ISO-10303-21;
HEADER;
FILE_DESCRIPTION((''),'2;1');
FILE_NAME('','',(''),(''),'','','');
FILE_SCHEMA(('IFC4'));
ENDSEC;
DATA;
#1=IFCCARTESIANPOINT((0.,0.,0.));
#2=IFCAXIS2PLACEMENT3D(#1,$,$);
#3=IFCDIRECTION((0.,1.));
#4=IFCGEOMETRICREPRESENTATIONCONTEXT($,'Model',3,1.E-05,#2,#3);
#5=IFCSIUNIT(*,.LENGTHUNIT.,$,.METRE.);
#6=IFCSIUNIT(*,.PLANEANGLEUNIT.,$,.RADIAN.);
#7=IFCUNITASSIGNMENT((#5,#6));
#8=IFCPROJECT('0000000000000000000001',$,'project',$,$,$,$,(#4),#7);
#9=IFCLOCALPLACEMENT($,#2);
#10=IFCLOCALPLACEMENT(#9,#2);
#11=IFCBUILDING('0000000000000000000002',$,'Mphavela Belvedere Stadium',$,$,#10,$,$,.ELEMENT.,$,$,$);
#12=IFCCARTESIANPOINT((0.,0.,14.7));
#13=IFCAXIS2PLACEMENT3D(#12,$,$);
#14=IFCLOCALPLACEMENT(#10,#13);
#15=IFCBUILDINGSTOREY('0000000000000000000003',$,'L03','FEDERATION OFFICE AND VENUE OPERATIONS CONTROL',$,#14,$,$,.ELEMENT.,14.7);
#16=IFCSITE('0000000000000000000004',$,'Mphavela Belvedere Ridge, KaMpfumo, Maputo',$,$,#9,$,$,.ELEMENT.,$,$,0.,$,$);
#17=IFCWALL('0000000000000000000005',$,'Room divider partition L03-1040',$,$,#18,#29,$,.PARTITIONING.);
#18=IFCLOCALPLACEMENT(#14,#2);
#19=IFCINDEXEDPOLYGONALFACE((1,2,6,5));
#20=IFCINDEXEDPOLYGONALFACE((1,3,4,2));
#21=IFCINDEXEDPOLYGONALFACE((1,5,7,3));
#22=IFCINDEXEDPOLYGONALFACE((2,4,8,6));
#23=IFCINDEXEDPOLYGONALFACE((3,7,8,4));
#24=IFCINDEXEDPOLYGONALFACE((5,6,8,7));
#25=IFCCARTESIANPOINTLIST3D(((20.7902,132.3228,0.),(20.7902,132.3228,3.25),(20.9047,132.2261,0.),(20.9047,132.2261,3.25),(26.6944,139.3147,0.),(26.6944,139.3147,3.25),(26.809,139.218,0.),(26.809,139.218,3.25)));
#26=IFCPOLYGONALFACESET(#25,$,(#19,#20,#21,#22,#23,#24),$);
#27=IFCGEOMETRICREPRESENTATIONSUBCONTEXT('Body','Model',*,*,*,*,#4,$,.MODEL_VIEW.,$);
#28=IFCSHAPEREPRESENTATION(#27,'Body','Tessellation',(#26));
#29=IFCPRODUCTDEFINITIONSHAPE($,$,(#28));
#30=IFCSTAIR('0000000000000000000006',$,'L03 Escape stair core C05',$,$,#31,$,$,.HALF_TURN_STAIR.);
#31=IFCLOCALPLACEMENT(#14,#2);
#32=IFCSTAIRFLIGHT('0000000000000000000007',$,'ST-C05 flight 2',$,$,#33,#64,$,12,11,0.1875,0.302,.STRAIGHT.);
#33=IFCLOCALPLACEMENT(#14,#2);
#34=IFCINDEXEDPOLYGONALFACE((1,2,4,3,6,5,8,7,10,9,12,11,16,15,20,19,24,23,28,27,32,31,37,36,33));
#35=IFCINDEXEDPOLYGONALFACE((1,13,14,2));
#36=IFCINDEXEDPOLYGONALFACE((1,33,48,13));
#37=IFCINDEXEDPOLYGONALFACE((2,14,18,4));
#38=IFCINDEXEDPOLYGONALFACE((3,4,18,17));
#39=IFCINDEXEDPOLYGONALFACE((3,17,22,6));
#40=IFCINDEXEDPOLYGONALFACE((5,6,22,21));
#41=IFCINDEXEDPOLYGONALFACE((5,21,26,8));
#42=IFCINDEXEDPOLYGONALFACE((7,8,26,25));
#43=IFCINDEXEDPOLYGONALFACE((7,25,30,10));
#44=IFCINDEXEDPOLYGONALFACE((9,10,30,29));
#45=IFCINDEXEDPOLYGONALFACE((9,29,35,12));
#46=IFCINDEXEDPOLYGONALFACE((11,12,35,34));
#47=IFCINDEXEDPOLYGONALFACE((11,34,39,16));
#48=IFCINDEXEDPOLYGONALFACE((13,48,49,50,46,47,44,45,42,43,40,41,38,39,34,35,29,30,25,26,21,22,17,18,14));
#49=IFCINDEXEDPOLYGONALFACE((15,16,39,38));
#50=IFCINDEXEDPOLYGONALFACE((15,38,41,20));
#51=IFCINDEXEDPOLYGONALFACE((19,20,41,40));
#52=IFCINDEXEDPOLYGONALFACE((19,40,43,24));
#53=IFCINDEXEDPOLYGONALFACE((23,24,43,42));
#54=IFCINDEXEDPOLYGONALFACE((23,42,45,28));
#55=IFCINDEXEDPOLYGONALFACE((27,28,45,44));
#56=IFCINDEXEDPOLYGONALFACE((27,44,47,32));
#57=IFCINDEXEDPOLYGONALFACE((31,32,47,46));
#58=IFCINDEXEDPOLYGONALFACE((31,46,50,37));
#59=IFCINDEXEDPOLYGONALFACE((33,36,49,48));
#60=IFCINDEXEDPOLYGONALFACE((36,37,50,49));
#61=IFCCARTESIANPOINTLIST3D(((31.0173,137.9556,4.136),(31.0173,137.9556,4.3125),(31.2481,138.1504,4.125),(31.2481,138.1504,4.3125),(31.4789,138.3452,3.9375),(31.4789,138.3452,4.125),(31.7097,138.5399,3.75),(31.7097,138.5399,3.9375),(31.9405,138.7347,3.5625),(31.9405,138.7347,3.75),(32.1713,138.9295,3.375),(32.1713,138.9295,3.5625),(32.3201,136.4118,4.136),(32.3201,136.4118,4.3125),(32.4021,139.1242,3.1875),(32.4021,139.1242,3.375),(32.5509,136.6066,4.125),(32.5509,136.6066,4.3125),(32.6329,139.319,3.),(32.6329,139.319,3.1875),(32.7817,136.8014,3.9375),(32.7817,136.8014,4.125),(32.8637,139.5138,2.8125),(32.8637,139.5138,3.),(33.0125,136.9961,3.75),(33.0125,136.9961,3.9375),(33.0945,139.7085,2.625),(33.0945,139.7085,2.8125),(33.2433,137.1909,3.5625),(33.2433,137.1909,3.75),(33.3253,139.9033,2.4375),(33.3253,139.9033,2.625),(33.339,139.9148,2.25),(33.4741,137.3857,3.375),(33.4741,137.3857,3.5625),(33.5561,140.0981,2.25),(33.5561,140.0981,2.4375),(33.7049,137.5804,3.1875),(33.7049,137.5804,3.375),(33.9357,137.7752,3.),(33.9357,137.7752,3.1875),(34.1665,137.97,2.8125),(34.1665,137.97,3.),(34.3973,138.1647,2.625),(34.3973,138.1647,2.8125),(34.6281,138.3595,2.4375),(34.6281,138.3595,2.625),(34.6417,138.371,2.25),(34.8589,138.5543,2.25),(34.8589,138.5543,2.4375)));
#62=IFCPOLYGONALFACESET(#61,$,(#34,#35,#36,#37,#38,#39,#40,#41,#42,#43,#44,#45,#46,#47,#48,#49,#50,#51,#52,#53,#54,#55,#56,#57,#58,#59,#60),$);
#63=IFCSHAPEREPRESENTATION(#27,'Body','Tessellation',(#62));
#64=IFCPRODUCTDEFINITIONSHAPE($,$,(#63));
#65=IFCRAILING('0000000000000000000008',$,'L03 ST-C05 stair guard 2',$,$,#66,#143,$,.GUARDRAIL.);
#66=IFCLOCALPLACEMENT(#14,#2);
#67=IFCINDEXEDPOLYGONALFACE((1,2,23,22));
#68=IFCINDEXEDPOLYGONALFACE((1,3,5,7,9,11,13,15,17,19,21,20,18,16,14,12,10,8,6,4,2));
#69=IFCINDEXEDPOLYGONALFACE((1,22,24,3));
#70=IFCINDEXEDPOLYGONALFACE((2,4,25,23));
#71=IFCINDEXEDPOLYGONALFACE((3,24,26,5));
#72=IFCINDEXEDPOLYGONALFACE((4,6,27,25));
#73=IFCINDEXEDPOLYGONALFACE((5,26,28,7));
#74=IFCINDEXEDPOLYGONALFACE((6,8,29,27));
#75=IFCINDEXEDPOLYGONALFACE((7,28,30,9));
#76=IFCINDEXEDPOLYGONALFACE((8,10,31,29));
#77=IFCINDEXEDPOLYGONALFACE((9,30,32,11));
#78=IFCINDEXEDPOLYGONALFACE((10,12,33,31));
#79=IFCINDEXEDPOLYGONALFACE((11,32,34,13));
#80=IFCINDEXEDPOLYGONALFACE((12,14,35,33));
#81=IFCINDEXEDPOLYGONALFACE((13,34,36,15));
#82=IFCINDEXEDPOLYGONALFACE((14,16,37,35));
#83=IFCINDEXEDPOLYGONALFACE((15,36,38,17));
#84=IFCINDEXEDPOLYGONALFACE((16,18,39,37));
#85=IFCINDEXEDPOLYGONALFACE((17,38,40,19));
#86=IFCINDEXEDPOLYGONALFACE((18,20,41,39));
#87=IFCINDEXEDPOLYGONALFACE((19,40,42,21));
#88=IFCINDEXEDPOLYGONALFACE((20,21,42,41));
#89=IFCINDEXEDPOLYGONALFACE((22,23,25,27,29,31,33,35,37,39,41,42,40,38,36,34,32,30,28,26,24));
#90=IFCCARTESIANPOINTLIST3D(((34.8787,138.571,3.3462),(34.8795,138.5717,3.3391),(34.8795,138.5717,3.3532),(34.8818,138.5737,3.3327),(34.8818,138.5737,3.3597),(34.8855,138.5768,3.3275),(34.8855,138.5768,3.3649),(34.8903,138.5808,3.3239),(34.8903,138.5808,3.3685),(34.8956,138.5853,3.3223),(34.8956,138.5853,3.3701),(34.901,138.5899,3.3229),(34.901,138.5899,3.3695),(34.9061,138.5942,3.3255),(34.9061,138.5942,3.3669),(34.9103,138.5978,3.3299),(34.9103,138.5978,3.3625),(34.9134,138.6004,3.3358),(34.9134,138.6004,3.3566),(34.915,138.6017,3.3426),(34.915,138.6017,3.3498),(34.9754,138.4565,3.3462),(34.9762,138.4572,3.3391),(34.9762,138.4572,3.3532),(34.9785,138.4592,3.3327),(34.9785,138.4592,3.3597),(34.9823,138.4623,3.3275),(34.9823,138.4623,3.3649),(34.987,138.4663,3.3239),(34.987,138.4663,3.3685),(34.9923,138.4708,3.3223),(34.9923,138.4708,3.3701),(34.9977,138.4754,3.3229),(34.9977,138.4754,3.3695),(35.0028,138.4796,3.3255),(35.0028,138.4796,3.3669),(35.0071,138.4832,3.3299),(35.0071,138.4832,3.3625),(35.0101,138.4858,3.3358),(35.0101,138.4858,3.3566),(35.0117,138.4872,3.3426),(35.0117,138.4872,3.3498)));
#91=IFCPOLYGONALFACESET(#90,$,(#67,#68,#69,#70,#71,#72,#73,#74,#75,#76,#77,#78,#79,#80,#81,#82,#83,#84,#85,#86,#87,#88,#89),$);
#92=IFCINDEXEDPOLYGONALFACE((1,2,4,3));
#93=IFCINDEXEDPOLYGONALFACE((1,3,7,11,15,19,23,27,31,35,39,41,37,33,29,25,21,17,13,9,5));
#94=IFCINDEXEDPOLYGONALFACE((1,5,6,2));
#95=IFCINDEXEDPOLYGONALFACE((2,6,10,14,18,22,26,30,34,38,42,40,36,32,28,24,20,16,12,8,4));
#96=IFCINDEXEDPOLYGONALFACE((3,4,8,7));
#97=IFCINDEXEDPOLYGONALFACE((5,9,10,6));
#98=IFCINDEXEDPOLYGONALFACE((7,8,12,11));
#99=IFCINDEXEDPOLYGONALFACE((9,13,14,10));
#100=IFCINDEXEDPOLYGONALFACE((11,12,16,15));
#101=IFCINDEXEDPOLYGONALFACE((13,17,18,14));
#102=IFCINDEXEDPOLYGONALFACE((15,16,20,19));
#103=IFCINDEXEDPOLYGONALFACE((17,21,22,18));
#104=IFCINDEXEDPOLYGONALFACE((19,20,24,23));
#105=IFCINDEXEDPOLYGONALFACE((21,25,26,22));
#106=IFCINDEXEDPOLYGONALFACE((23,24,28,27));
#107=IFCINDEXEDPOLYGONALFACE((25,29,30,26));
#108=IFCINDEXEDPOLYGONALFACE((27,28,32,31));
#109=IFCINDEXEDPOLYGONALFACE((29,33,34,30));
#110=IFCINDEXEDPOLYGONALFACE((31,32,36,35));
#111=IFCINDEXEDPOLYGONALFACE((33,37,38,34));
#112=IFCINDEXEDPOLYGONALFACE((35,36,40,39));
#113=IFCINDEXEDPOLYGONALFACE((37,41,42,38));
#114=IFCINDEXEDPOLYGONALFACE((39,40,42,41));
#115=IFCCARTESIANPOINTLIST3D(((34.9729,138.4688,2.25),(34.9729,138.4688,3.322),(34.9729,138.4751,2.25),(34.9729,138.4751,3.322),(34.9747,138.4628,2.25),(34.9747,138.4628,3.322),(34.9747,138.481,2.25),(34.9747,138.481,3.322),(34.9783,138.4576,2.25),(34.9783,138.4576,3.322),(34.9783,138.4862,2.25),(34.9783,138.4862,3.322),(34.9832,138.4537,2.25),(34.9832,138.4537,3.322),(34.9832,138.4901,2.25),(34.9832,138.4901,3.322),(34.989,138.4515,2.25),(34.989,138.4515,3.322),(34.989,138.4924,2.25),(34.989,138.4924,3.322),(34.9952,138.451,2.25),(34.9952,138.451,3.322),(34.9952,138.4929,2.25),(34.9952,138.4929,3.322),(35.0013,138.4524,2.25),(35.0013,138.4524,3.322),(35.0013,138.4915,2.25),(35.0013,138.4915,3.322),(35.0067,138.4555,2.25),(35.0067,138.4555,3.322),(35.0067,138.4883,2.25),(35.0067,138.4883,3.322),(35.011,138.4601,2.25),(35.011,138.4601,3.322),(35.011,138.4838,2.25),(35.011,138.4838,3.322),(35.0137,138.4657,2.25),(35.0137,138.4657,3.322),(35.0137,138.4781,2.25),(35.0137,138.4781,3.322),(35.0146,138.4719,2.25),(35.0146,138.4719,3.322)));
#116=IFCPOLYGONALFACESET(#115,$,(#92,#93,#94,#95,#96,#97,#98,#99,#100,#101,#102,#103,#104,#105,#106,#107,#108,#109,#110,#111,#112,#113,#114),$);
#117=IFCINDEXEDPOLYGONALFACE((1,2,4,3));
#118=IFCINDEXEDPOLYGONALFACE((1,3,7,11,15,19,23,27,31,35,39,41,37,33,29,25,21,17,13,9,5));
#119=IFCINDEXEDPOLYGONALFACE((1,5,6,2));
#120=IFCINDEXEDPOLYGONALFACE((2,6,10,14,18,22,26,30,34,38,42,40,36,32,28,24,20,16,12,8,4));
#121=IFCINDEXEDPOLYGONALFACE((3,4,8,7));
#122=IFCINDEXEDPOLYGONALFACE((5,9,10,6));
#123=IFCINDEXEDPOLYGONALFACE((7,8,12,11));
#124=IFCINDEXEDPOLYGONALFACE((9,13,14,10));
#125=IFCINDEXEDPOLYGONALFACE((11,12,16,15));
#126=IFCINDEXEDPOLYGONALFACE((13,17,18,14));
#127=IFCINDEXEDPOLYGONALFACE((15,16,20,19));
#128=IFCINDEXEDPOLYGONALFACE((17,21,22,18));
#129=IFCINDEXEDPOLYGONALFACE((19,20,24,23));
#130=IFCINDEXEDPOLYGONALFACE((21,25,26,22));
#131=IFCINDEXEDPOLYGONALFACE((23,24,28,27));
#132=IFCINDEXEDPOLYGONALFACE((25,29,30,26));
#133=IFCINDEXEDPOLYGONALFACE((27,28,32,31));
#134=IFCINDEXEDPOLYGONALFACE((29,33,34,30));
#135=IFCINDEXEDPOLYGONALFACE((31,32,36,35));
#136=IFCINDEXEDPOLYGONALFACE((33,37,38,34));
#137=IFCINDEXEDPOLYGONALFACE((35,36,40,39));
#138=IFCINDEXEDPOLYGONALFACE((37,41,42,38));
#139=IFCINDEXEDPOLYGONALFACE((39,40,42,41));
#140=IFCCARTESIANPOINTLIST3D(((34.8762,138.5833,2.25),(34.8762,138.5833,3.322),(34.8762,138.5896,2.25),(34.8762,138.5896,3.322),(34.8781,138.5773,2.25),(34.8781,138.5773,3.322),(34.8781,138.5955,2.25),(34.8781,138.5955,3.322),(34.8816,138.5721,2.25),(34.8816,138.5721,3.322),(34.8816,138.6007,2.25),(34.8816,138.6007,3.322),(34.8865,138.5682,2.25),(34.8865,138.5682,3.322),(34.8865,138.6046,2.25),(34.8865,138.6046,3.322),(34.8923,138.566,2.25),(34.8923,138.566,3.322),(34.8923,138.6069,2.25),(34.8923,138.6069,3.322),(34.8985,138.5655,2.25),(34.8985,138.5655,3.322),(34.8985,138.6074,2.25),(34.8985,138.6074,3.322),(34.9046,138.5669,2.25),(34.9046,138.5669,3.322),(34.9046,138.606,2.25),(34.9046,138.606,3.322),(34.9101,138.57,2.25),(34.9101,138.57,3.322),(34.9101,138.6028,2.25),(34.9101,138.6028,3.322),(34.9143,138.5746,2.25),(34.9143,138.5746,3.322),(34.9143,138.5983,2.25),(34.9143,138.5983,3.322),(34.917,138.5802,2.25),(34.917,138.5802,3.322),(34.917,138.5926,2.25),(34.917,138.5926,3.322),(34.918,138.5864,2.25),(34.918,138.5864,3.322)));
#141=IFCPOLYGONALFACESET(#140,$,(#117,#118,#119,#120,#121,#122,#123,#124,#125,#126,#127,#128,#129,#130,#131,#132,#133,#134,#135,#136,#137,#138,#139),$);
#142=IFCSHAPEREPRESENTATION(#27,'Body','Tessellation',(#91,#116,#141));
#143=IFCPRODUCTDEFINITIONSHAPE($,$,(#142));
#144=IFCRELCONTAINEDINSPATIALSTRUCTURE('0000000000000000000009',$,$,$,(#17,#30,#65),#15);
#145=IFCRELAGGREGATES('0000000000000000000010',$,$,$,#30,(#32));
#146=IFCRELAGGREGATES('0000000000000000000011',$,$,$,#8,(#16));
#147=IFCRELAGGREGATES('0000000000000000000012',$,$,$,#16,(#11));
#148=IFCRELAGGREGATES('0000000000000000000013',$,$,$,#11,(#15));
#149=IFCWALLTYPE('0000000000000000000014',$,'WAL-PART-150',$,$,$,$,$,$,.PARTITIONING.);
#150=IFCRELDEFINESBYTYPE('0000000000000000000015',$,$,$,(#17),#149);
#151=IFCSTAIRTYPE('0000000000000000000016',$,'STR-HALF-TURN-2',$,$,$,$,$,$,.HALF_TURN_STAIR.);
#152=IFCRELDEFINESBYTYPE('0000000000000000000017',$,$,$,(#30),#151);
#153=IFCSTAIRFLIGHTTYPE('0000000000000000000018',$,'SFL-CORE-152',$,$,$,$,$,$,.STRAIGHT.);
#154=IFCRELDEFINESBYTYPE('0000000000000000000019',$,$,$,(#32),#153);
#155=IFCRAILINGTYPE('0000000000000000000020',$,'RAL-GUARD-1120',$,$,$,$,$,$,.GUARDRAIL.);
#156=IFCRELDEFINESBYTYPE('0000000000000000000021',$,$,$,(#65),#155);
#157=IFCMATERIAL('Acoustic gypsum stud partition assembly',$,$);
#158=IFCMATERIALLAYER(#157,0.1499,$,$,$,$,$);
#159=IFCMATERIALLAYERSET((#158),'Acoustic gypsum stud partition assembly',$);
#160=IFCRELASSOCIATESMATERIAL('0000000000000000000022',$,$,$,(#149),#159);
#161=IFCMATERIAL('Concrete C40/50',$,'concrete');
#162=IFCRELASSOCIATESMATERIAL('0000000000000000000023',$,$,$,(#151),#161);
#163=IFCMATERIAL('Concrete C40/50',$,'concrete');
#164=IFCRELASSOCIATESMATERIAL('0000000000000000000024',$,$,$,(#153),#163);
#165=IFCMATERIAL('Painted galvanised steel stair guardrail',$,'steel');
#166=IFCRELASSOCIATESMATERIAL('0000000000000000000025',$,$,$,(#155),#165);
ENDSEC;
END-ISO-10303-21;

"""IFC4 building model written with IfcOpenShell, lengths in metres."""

from ifc_helpers import new_model, si_unit, direction, frame, frame_2d, origin, origin_2d, place, context, subcontext, project, spatial, polyline, rectangle, circle, outline, extrude, material, layer, layer_set, type_object, element, aggregate, save


model = new_model("IFC4")

# Units and contexts
model_context = context("Model", 3, precision=1e-05, world=origin(), true_north=direction((0.0, 1.0)))
body_context = subcontext(model_context, "Body", "Model", "MODEL_VIEW")
ifc_project = project(units=[si_unit("LENGTHUNIT", "METRE"), si_unit("PLANEANGLEUNIT", "RADIAN")], contexts=[model_context])

# Site, building, storey
site_placement = place(None, origin())
site = spatial("IfcSite", under=ifc_project, at=site_placement, Name="Mphavela Belvedere Ridge, KaMpfumo, Maputo", CompositionType="ELEMENT", RefElevation=0.0)
building_placement = place(site_placement, origin())
building = spatial("IfcBuilding", under=site, at=building_placement, Name="Mphavela Belvedere Stadium", CompositionType="ELEMENT")
storey_placement = place(building_placement, frame((0.0, 0.0, 14.7)))
storey = spatial("IfcBuildingStorey", under=building, at=storey_placement, Name="L03", Description="FEDERATION OFFICE AND VENUE OPERATIONS CONTROL", CompositionType="ELEMENT", Elevation=14.7)

# Wall
ifc_material_1 = material(Name="Acoustic gypsum stud partition assembly")
ifc_layer_1 = layer(ifc_material_1, 0.1499)
ifc_layer_set_1 = layer_set([ifc_layer_1], Name="Acoustic gypsum stud partition assembly")
wall_type_1 = type_object("IfcWallType", Name="WAL-PART-150", PredefinedType="PARTITIONING", material=ifc_layer_set_1)
wall_1_placement = place(storey_placement, frame((26.7517, 139.2664, 0.0), z_axis=(0.0, 0.0, 1.0), x_axis=(-0.64518, -0.764031, 0.0)))
element("IfcWall", 1, at=wall_1_placement, inside=storey, type_object=wall_type_1, Name="Room divider partition L03-1040", PredefinedType="PARTITIONING", context=body_context, shape_type="SweptSolid", body=[
    extrude(rectangle(XDim=9.1514, YDim=0.1499, at=frame_2d((4.5757, 0.0))), origin(), (0.0, 0.0, 1.0), 3.25),
])

# Stair, stair flight
ifc_material_2 = material(Name="Concrete C40/50", Category="concrete")
stair_type = type_object("IfcStairType", Name="STR-HALF-TURN-2", PredefinedType="HALF_TURN_STAIR", material=ifc_material_2)
stair_placement = place(storey_placement, origin())
stair = element("IfcStair", 2, at=stair_placement, inside=storey, type_object=stair_type, Name="L03 Escape stair core C05", PredefinedType="HALF_TURN_STAIR")
ifc_material_3 = material(Name="Concrete C40/50", Category="concrete")
stair_flight_type = type_object("IfcStairFlightType", Name="SFL-CORE-152", PredefinedType="STRAIGHT", material=ifc_material_3)
stair_flight_placement = place(storey_placement, frame((34.2075, 139.3262, 2.25), z_axis=(0.0, 0.0, 1.0), x_axis=(-0.764246, -0.644924, 0.0)))
stair_flight = element("IfcStairFlight", 3, at=stair_flight_placement, type_object=stair_flight_type, Name="ST-C05 flight 2", NumberOfRisers=12, NumberOfTreads=11, PredefinedType="STRAIGHT", RiserHeight=0.1875, TreadLength=0.302, context=body_context, shape_type="SweptSolid", body=[
    extrude(outline(polyline([(0.0, 0.0), (0.0, 0.1875), (0.302, 0.1875), (0.302, 0.375), (0.604, 0.375), (0.604, 0.5625), (0.906, 0.5625), (0.906, 0.75), (1.208, 0.75), (1.208, 0.9375), (1.51, 0.9375), (1.51, 1.125), (1.812, 1.125), (1.812, 1.3125), (2.114, 1.3125), (2.114, 1.5), (2.416, 1.5), (2.416, 1.6875), (2.718, 1.6875), (2.718, 1.875), (3.02, 1.875), (3.02, 2.0625), (3.322, 2.0625), (3.322, 2.25), (3.322, 1.886), (0.2842, 0.0), (0.0, 0.0)])), frame((0.0, 1.01, 0.0), z_axis=(0.0, -1.0, 0.0), x_axis=(1.0, 0.0, 0.0)), (0.0, 0.0, 1.0), 2.02),
])
aggregate(stair, [stair_flight])

# Railing
ifc_material_4 = material(Name="Painted galvanised steel stair guardrail", Category="steel")
railing_type_1 = type_object("IfcRailingType", Name="RAL-GUARD-1120", PredefinedType="GUARDRAIL", material=ifc_material_4)
railing_1_placement = place(storey_placement, frame((34.9937, 138.4719, 2.25)))
element("IfcRailing", 4, at=railing_1_placement, inside=storey, type_object=railing_type_1, Name="L03 ST-C05 stair guard 2", PredefinedType="GUARDRAIL", context=body_context, shape_type="SweptSolid", body=[
    extrude(circle(Radius=0.0239, at=origin_2d()), frame((0.0, 0.0, 1.0962), z_axis=(-0.645139, 0.764066, 0.0), x_axis=(-0.764066, -0.645139, 0.0)), (0.0, 0.0, 1.0), 0.1499),
    extrude(circle(Radius=0.021, at=origin_2d()), origin(), (0.0, 0.0, 1.0), 1.072),
    extrude(circle(Radius=0.021, at=origin_2d()), frame((-0.0967, 0.1145, 0.0)), (0.0, 0.0, 1.0), 1.072),
])

save(model, "model.ifc")
